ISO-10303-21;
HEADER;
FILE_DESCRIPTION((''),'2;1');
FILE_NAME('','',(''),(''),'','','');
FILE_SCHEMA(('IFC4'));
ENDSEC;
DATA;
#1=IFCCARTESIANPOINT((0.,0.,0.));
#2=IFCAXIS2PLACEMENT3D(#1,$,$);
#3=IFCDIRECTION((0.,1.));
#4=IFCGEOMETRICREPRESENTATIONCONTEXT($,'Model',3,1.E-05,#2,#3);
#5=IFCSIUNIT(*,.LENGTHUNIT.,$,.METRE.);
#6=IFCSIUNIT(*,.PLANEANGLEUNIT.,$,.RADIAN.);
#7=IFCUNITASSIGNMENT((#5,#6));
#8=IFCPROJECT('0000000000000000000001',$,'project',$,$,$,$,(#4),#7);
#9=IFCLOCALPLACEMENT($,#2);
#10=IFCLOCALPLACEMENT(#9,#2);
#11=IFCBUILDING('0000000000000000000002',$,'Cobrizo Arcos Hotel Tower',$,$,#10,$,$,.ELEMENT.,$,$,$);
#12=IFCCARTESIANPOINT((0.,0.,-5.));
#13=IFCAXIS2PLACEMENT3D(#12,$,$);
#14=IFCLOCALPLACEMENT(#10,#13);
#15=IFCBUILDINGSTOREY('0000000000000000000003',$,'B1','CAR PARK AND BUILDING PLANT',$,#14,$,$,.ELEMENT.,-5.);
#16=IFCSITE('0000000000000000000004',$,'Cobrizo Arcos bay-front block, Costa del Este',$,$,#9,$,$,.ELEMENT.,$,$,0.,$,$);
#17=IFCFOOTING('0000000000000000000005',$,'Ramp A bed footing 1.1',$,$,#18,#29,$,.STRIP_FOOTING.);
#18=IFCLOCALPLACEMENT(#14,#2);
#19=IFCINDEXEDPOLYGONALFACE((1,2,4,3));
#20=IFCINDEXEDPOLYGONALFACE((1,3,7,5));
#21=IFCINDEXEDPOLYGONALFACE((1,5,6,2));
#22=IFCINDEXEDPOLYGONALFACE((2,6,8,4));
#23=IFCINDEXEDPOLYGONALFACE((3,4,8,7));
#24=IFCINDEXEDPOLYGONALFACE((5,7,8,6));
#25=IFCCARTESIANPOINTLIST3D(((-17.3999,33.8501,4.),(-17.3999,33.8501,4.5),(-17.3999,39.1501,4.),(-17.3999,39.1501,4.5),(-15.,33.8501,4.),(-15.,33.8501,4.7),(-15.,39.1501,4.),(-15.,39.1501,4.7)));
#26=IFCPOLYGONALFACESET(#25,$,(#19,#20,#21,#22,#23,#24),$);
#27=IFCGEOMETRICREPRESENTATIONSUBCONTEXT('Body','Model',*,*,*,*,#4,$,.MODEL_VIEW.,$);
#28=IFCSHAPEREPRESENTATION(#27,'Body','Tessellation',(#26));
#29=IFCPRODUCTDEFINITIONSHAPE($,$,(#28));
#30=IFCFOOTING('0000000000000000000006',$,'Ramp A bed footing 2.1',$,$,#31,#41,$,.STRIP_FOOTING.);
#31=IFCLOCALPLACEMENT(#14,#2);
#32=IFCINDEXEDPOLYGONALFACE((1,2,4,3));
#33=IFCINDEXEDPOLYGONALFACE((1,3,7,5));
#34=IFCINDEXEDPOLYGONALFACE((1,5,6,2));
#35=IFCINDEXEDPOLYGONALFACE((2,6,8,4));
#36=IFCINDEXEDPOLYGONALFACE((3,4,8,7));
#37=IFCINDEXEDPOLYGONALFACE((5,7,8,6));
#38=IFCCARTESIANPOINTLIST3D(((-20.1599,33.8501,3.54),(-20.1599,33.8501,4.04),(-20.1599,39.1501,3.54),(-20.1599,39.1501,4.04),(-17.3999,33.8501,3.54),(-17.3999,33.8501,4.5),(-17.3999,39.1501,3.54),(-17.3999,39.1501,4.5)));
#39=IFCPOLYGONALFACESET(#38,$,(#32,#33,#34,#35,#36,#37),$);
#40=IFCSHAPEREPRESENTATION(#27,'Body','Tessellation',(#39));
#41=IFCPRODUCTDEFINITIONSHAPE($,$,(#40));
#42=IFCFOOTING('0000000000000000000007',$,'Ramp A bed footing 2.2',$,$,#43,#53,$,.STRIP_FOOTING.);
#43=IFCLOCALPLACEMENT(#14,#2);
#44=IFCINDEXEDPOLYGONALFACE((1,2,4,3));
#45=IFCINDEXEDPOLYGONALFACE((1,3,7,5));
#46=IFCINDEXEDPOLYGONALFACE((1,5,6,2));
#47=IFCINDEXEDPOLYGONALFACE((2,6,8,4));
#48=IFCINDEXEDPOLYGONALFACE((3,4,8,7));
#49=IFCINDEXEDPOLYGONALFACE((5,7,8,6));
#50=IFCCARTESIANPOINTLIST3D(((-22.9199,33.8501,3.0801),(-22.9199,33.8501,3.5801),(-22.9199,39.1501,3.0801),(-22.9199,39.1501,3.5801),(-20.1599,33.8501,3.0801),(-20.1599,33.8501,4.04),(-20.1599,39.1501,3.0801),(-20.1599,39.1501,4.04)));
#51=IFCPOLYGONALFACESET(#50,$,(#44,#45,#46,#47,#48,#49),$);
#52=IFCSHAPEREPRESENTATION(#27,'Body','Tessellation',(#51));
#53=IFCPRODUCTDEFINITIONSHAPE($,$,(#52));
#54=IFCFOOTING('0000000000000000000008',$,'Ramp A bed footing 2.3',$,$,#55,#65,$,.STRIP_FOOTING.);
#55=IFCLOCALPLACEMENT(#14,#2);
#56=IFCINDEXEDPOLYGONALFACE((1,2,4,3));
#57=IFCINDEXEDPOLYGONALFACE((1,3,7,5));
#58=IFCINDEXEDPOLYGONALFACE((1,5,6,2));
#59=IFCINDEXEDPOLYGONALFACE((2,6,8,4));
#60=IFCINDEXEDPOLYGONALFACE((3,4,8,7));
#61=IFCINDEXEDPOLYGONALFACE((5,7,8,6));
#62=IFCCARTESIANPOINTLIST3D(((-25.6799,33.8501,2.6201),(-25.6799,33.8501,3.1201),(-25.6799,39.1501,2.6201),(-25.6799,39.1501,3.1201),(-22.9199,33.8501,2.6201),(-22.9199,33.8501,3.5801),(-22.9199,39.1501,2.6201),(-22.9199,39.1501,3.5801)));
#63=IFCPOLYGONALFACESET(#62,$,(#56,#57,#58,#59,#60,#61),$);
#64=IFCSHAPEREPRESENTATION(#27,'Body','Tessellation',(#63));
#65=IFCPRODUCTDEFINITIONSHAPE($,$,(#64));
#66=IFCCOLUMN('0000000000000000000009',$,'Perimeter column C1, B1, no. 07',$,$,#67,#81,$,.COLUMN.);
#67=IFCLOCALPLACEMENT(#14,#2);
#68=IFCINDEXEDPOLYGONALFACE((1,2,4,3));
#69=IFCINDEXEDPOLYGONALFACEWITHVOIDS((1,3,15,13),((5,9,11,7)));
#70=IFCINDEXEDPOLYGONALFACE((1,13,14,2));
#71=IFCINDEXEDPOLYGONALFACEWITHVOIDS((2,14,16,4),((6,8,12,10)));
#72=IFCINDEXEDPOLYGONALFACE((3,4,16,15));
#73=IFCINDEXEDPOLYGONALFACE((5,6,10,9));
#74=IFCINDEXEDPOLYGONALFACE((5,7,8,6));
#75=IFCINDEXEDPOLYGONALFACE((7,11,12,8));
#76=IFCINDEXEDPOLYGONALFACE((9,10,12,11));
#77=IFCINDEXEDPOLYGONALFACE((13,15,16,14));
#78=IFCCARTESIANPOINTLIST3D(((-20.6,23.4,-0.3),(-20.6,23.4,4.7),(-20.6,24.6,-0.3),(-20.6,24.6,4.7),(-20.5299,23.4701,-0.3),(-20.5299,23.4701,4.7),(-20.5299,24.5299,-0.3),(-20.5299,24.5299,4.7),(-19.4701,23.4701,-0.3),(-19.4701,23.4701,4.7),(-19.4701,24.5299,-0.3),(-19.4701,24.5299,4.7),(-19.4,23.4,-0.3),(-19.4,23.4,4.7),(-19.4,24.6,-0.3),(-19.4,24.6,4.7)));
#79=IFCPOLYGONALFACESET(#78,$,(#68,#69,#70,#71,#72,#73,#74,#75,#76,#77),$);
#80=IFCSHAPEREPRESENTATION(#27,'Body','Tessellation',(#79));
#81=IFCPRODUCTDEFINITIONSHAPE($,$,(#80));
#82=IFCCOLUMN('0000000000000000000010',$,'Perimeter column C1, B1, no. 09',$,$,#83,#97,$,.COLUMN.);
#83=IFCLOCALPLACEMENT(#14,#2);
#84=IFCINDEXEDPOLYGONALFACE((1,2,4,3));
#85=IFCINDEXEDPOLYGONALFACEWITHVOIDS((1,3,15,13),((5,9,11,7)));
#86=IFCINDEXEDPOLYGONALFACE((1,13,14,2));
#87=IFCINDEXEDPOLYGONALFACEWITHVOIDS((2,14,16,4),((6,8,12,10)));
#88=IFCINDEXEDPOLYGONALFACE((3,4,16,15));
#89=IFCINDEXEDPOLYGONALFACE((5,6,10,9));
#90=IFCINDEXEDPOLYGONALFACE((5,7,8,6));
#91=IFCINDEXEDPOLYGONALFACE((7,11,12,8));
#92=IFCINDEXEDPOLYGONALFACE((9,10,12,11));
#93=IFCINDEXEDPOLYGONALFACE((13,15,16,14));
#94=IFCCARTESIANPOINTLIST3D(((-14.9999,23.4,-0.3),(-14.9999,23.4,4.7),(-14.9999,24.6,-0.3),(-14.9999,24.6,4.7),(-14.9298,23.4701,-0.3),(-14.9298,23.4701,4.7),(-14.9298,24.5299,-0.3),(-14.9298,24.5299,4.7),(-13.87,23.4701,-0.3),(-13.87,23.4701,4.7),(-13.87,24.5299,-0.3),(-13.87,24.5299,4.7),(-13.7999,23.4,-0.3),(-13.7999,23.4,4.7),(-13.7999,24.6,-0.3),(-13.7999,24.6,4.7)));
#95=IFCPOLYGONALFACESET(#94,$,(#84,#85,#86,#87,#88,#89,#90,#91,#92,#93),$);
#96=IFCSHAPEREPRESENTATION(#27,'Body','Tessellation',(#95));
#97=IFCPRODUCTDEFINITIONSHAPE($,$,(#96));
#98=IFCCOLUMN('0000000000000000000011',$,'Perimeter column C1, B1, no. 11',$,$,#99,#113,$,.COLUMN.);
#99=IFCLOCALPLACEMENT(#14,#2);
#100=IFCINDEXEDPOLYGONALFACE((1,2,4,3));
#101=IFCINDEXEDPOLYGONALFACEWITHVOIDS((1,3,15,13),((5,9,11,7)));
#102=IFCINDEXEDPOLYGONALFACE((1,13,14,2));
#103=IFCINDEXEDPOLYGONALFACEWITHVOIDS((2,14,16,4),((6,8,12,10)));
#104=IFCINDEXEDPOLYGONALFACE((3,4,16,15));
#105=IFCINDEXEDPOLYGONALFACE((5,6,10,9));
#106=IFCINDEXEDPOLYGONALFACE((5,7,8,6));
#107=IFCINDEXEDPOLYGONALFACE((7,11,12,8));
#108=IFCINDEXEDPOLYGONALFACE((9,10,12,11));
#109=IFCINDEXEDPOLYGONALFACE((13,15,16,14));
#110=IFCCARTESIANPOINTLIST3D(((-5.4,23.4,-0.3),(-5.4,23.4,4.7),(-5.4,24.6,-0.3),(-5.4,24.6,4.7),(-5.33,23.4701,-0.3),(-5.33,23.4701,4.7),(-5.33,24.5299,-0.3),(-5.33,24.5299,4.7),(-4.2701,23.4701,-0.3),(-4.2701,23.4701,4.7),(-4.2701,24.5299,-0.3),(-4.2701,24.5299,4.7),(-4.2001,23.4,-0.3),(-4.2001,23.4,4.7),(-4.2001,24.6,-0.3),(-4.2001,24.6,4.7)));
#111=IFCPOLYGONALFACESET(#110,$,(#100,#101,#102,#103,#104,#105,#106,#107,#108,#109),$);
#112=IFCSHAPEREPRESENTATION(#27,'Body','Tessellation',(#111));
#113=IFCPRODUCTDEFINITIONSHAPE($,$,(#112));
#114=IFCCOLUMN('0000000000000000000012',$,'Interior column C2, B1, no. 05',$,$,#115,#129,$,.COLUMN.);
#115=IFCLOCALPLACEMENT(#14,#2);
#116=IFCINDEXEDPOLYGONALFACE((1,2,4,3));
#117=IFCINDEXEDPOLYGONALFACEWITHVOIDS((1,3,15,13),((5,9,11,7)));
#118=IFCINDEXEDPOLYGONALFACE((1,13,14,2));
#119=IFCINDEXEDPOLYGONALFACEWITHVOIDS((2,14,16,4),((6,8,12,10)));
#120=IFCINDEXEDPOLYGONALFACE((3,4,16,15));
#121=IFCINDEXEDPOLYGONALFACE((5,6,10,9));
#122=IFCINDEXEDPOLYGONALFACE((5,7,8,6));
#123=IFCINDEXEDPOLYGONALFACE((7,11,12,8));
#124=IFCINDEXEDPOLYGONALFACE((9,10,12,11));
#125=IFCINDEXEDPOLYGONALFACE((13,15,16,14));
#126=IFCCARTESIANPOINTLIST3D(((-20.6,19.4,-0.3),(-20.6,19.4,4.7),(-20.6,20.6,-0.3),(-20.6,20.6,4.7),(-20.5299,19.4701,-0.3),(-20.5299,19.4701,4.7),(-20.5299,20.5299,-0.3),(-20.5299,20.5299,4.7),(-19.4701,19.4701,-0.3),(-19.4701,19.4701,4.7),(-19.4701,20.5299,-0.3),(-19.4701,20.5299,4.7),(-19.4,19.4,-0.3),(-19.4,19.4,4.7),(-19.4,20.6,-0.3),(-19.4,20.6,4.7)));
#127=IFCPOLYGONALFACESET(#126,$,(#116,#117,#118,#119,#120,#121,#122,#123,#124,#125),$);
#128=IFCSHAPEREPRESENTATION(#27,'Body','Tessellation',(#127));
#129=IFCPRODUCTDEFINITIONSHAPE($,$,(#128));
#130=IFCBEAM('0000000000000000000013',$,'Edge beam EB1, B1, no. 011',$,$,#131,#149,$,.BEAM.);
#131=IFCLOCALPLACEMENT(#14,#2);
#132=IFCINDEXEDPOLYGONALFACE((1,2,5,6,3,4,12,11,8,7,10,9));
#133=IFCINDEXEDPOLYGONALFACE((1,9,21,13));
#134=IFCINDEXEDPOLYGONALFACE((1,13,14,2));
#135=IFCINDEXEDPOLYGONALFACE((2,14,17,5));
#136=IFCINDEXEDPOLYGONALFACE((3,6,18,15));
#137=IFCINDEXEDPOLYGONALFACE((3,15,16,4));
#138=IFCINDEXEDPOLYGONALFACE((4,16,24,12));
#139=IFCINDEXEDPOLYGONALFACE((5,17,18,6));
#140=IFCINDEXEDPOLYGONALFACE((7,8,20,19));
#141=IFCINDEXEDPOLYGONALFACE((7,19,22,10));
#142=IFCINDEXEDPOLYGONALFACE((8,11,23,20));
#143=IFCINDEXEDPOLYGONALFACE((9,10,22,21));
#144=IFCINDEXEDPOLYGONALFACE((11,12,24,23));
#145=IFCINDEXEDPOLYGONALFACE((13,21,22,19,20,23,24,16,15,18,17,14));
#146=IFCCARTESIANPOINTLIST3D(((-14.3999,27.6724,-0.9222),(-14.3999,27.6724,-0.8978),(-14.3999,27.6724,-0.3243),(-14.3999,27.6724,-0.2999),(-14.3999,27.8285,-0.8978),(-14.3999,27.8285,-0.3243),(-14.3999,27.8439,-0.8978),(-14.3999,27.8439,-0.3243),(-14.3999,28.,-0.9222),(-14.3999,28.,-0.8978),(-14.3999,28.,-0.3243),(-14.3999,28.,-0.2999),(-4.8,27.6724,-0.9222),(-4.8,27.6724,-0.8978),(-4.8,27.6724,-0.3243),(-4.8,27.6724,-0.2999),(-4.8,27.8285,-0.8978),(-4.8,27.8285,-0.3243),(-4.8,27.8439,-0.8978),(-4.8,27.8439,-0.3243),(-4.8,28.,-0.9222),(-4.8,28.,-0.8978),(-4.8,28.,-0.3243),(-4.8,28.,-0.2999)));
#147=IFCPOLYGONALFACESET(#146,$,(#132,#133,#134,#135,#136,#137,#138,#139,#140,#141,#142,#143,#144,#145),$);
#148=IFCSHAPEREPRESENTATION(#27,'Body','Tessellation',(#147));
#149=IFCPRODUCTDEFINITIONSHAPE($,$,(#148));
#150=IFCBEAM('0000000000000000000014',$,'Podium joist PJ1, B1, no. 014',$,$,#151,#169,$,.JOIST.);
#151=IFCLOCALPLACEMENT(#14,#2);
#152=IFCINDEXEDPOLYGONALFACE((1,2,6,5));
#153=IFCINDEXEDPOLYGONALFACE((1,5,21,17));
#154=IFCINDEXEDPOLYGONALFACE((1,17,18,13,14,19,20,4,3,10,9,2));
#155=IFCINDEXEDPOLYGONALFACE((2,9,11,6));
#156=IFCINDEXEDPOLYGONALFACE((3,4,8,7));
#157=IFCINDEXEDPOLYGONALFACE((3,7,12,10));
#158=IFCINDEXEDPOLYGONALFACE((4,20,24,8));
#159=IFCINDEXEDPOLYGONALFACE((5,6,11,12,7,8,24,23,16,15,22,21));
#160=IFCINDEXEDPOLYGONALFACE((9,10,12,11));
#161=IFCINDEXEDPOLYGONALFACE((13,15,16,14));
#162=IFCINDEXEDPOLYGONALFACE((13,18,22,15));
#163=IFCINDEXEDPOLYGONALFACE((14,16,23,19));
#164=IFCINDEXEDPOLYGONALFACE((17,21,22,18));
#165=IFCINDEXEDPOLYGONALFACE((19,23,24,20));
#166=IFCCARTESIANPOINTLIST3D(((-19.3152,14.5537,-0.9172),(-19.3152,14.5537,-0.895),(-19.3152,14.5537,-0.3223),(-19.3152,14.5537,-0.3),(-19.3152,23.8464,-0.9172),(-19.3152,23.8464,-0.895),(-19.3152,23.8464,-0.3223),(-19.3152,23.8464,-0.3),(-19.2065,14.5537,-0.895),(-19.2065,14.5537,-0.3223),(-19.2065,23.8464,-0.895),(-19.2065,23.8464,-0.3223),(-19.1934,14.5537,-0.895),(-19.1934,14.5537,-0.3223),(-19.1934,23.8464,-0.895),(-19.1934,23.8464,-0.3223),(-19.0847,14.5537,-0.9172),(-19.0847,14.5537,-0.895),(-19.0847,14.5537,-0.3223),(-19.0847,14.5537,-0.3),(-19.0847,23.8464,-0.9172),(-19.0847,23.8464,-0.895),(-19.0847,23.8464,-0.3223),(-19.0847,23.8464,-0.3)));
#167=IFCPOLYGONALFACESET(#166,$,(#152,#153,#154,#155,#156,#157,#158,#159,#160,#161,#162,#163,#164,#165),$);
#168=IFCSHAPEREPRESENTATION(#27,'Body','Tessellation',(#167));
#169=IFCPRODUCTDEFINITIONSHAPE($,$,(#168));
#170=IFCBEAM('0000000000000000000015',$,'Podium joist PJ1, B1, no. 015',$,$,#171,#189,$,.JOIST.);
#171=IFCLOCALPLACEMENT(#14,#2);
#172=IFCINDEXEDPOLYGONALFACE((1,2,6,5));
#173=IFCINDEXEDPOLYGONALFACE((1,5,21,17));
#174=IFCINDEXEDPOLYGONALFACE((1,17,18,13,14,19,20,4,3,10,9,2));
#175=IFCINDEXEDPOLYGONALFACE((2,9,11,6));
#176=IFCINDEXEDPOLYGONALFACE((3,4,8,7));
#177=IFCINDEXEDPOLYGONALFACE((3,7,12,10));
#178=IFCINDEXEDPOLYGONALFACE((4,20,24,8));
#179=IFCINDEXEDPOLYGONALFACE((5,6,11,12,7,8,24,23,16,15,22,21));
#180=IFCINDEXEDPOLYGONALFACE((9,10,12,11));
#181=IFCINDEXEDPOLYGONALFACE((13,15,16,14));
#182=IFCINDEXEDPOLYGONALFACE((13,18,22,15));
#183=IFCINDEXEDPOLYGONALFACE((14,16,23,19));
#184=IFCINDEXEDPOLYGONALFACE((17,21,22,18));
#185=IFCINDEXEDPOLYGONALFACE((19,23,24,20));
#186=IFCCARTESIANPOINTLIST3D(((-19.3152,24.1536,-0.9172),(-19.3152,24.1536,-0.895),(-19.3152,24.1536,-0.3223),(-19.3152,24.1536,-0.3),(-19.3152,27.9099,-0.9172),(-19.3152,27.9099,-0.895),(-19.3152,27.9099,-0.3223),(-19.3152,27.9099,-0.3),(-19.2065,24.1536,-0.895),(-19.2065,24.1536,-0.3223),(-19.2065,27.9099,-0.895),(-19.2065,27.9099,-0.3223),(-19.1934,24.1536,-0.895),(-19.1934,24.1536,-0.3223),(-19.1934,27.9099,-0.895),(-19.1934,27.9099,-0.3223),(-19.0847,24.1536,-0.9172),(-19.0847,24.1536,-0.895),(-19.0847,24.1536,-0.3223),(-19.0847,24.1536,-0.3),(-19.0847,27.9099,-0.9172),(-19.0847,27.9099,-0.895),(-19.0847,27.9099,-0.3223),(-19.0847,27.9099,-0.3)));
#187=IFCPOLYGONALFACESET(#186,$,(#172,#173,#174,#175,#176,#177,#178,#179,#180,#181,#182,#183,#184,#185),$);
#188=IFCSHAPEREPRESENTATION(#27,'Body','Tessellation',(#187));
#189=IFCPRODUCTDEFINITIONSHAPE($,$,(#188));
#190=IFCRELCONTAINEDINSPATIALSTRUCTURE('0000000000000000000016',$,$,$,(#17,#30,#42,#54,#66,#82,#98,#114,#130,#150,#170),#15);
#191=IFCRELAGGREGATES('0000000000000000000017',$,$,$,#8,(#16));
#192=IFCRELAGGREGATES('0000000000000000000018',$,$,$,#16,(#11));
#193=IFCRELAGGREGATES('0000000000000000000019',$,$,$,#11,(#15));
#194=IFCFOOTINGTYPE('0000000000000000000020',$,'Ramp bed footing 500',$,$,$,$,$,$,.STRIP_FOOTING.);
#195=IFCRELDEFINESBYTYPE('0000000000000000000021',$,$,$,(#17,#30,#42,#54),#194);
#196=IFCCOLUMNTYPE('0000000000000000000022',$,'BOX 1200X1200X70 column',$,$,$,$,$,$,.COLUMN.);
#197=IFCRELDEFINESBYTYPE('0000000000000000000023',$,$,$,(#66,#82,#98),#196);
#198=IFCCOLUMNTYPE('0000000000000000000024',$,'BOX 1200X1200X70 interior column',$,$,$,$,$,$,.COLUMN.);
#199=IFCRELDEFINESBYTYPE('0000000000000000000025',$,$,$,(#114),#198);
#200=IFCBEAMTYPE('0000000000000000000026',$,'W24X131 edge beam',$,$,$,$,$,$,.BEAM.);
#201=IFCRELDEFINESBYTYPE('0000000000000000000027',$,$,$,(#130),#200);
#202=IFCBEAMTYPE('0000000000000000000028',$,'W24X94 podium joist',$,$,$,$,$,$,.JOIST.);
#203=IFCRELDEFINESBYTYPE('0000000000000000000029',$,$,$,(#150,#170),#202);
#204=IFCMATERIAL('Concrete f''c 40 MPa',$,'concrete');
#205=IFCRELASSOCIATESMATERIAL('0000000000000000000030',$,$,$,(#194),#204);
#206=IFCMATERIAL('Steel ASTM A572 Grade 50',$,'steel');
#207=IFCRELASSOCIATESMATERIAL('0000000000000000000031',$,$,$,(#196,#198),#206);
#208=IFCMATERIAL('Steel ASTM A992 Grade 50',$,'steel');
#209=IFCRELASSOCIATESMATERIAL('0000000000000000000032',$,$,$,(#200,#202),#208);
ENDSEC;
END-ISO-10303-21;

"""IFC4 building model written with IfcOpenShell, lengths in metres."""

from ifc_helpers import new_model, si_unit, direction, frame, origin, origin_2d, place, context, subcontext, project, spatial, polyline, hollow_rectangle, i_section, outline, extrude, material, material_profile, profile_set, type_object, element, save


model = new_model("IFC4")

# Units and contexts
model_context = context("Model", 3, precision=1e-05, world=origin(), true_north=direction((0.0, 1.0)))
body_context = subcontext(model_context, "Body", "Model", "MODEL_VIEW")
ifc_project = project(units=[si_unit("LENGTHUNIT", "METRE"), si_unit("PLANEANGLEUNIT", "RADIAN")], contexts=[model_context])

# Site, building, storey
site_placement = place(None, origin())
site = spatial("IfcSite", under=ifc_project, at=site_placement, Name="Cobrizo Arcos bay-front block, Costa del Este", CompositionType="ELEMENT", RefElevation=0.0)
building_placement = place(site_placement, origin())
building = spatial("IfcBuilding", under=site, at=building_placement, Name="Cobrizo Arcos Hotel Tower", CompositionType="ELEMENT")
storey_placement = place(building_placement, frame((0.0, 0.0, -5.0)))
storey = spatial("IfcBuildingStorey", under=building, at=storey_placement, Name="B1", Description="CAR PARK AND BUILDING PLANT", CompositionType="ELEMENT", Elevation=-5.0)

# Footings
ifc_material_1 = material(Name="Concrete f'c 40 MPa", Category="concrete")
footing_type = type_object("IfcFootingType", Name="Ramp bed footing 500", PredefinedType="STRIP_FOOTING", material=ifc_material_1)
footing_placement = place(storey_placement, frame((-15.0, 36.5, 4.0), z_axis=(0.0, 0.0, 1.0), x_axis=(-1.0, 0.0, 0.0)))
element("IfcFooting", 1, at=footing_placement, inside=storey, type_object=footing_type, Name="Ramp A bed footing 1.1", PredefinedType="STRIP_FOOTING", context=body_context, shape_type="SweptSolid", body=[
    extrude(outline(polyline([(0.0, 0.0), (2.3999, 0.0), (2.3999, 0.5), (0.0, 0.7), (0.0, 0.0)])), frame((0.0, 2.6499, 0.0), z_axis=(0.0, -1.0, 0.0), x_axis=(1.0, 0.0, 0.0)), (0.0, 0.0, 1.0), 5.3),
])
for number, where, z_axis, x_axis, name in (
    (2, (-17.3999, 36.5, 3.54), (0.0, 0.0, 1.0), (-1.0, 0.0, 0.0), "Ramp A bed footing 2.1"),
    (3, (-20.1599, 36.5, 3.0801), (0.0, 0.0, 1.0), (-1.0, 0.0, 0.0), "Ramp A bed footing 2.2"),
    (4, (-22.9199, 36.5, 2.6201), (0.0, 0.0, 1.0), (-1.0, 0.0, 0.0), "Ramp A bed footing 2.3"),
):
    element("IfcFooting", number, at=place(storey_placement, frame(where, z_axis=z_axis, x_axis=x_axis)), inside=storey, type_object=footing_type, Name=name, PredefinedType="STRIP_FOOTING", context=body_context, shape_type="SweptSolid", body=[
        extrude(outline(polyline([(0.0, 0.0), (2.76, 0.0), (2.76, 0.5), (0.0, 0.96), (0.0, 0.0)])), frame((0.0, 2.6499, 0.0), z_axis=(0.0, -1.0, 0.0), x_axis=(1.0, 0.0, 0.0)), (0.0, 0.0, 1.0), 5.3),
    ])

# Columns
ifc_material_2 = material(Name="Steel ASTM A572 Grade 50", Category="steel")
ifc_material_profile_1 = material_profile(ifc_material_2, hollow_rectangle(XDim=1.2, YDim=1.2, WallThickness=0.0701, at=origin_2d()), Name="BOX 1200X1200X70")
ifc_profile_set_1 = profile_set([ifc_material_profile_1], Name="Steel ASTM A572 Grade 50")
column_type_1 = type_object("IfcColumnType", Name="BOX 1200X1200X70 column", PredefinedType="COLUMN", material=ifc_profile_set_1)
for number, where, z_axis, x_axis, name in (
    (5, (-20.0, 24.0, -0.3), (0.0, 0.0, 1.0), (1.0, 0.0, 0.0), "Perimeter column C1, B1, no. 07"),
    (6, (-14.3999, 24.0, -0.3), (0.0, 0.0, 1.0), (1.0, 0.0, 0.0), "Perimeter column C1, B1, no. 09"),
    (7, (-4.8, 24.0, -0.3), (0.0, 0.0, 1.0), (1.0, 0.0, 0.0), "Perimeter column C1, B1, no. 11"),
):
    element("IfcColumn", number, at=place(storey_placement, frame(where, z_axis=z_axis, x_axis=x_axis)), inside=storey, type_object=column_type_1, Name=name, PredefinedType="COLUMN", context=body_context, shape_type="SweptSolid", body=[
        extrude(hollow_rectangle(XDim=1.2, YDim=1.2, WallThickness=0.0701, at=origin_2d()), origin(), (0.0, 0.0, 1.0), 5.0),
    ])
ifc_material_profile_2 = material_profile(ifc_material_2, hollow_rectangle(XDim=1.2, YDim=1.2, WallThickness=0.0701, at=origin_2d()), Name="BOX 1200X1200X70")
ifc_profile_set_2 = profile_set([ifc_material_profile_2], Name="Steel ASTM A572 Grade 50")
column_type_2 = type_object("IfcColumnType", Name="BOX 1200X1200X70 interior column", PredefinedType="COLUMN", material=ifc_profile_set_2)
column_placement = place(storey_placement, frame((-20.0, 20.0, -0.3), z_axis=(0.0, 0.0, 1.0), x_axis=(1.0, 0.0, 0.0)))
element("IfcColumn", 8, at=column_placement, inside=storey, type_object=column_type_2, Name="Interior column C2, B1, no. 05", PredefinedType="COLUMN", context=body_context, shape_type="SweptSolid", body=[
    extrude(hollow_rectangle(XDim=1.2, YDim=1.2, WallThickness=0.0701, at=origin_2d()), origin(), (0.0, 0.0, 1.0), 5.0),
])

# Beams
ifc_material_3 = material(Name="Steel ASTM A992 Grade 50", Category="steel")
ifc_material_profile_3 = material_profile(ifc_material_3, i_section(OverallWidth=0.3276, OverallDepth=0.6223, WebThickness=0.0154, FlangeThickness=0.0244, at=origin_2d()), Name="W24X131")
ifc_profile_set_3 = profile_set([ifc_material_profile_3], Name="Steel ASTM A992 Grade 50")
beam_type_1 = type_object("IfcBeamType", Name="W24X131 edge beam", PredefinedType="BEAM", material=ifc_profile_set_3)
beam_1_placement = place(storey_placement, frame((-14.3999, 27.8362, -0.6111), z_axis=(1.0, 0.0, 0.0), x_axis=(0.0, 1.0, 0.0)))
element("IfcBeam", 9, at=beam_1_placement, inside=storey, type_object=beam_type_1, Name="Edge beam EB1, B1, no. 011", PredefinedType="BEAM", context=body_context, shape_type="SweptSolid", body=[
    extrude(i_section(OverallWidth=0.3276, OverallDepth=0.6223, WebThickness=0.0154, FlangeThickness=0.0244, at=origin_2d()), origin(), (0.0, 0.0, 1.0), 9.5999),
])
ifc_material_profile_4 = material_profile(ifc_material_3, i_section(OverallWidth=0.2305, OverallDepth=0.6172, WebThickness=0.0132, FlangeThickness=0.0222, at=origin_2d()), Name="W24X94")
ifc_profile_set_4 = profile_set([ifc_material_profile_4], Name="Steel ASTM A992 Grade 50")
beam_type_2 = type_object("IfcBeamType", Name="W24X94 podium joist", PredefinedType="JOIST", material=ifc_profile_set_4)
beam_2_placement = place(storey_placement, frame((-19.2, 14.5537, -0.6086), z_axis=(0.0, 1.0, 0.0), x_axis=(-1.0, 0.0, 0.0)))
element("IfcBeam", 10, at=beam_2_placement, inside=storey, type_object=beam_type_2, Name="Podium joist PJ1, B1, no. 014", PredefinedType="JOIST", context=body_context, shape_type="SweptSolid", body=[
    extrude(i_section(OverallWidth=0.2305, OverallDepth=0.6172, WebThickness=0.0132, FlangeThickness=0.0222, at=origin_2d()), origin(), (0.0, 0.0, 1.0), 9.2927),
])
beam_3_placement = place(storey_placement, frame((-19.2, 24.1536, -0.6086), z_axis=(0.0, 1.0, 0.0), x_axis=(-1.0, 0.0, 0.0)))
element("IfcBeam", 11, at=beam_3_placement, inside=storey, type_object=beam_type_2, Name="Podium joist PJ1, B1, no. 015", PredefinedType="JOIST", context=body_context, shape_type="SweptSolid", body=[
    extrude(i_section(OverallWidth=0.2305, OverallDepth=0.6172, WebThickness=0.0132, FlangeThickness=0.0222, at=origin_2d()), origin(), (0.0, 0.0, 1.0), 3.7563),
])

save(model, "model.ifc")
